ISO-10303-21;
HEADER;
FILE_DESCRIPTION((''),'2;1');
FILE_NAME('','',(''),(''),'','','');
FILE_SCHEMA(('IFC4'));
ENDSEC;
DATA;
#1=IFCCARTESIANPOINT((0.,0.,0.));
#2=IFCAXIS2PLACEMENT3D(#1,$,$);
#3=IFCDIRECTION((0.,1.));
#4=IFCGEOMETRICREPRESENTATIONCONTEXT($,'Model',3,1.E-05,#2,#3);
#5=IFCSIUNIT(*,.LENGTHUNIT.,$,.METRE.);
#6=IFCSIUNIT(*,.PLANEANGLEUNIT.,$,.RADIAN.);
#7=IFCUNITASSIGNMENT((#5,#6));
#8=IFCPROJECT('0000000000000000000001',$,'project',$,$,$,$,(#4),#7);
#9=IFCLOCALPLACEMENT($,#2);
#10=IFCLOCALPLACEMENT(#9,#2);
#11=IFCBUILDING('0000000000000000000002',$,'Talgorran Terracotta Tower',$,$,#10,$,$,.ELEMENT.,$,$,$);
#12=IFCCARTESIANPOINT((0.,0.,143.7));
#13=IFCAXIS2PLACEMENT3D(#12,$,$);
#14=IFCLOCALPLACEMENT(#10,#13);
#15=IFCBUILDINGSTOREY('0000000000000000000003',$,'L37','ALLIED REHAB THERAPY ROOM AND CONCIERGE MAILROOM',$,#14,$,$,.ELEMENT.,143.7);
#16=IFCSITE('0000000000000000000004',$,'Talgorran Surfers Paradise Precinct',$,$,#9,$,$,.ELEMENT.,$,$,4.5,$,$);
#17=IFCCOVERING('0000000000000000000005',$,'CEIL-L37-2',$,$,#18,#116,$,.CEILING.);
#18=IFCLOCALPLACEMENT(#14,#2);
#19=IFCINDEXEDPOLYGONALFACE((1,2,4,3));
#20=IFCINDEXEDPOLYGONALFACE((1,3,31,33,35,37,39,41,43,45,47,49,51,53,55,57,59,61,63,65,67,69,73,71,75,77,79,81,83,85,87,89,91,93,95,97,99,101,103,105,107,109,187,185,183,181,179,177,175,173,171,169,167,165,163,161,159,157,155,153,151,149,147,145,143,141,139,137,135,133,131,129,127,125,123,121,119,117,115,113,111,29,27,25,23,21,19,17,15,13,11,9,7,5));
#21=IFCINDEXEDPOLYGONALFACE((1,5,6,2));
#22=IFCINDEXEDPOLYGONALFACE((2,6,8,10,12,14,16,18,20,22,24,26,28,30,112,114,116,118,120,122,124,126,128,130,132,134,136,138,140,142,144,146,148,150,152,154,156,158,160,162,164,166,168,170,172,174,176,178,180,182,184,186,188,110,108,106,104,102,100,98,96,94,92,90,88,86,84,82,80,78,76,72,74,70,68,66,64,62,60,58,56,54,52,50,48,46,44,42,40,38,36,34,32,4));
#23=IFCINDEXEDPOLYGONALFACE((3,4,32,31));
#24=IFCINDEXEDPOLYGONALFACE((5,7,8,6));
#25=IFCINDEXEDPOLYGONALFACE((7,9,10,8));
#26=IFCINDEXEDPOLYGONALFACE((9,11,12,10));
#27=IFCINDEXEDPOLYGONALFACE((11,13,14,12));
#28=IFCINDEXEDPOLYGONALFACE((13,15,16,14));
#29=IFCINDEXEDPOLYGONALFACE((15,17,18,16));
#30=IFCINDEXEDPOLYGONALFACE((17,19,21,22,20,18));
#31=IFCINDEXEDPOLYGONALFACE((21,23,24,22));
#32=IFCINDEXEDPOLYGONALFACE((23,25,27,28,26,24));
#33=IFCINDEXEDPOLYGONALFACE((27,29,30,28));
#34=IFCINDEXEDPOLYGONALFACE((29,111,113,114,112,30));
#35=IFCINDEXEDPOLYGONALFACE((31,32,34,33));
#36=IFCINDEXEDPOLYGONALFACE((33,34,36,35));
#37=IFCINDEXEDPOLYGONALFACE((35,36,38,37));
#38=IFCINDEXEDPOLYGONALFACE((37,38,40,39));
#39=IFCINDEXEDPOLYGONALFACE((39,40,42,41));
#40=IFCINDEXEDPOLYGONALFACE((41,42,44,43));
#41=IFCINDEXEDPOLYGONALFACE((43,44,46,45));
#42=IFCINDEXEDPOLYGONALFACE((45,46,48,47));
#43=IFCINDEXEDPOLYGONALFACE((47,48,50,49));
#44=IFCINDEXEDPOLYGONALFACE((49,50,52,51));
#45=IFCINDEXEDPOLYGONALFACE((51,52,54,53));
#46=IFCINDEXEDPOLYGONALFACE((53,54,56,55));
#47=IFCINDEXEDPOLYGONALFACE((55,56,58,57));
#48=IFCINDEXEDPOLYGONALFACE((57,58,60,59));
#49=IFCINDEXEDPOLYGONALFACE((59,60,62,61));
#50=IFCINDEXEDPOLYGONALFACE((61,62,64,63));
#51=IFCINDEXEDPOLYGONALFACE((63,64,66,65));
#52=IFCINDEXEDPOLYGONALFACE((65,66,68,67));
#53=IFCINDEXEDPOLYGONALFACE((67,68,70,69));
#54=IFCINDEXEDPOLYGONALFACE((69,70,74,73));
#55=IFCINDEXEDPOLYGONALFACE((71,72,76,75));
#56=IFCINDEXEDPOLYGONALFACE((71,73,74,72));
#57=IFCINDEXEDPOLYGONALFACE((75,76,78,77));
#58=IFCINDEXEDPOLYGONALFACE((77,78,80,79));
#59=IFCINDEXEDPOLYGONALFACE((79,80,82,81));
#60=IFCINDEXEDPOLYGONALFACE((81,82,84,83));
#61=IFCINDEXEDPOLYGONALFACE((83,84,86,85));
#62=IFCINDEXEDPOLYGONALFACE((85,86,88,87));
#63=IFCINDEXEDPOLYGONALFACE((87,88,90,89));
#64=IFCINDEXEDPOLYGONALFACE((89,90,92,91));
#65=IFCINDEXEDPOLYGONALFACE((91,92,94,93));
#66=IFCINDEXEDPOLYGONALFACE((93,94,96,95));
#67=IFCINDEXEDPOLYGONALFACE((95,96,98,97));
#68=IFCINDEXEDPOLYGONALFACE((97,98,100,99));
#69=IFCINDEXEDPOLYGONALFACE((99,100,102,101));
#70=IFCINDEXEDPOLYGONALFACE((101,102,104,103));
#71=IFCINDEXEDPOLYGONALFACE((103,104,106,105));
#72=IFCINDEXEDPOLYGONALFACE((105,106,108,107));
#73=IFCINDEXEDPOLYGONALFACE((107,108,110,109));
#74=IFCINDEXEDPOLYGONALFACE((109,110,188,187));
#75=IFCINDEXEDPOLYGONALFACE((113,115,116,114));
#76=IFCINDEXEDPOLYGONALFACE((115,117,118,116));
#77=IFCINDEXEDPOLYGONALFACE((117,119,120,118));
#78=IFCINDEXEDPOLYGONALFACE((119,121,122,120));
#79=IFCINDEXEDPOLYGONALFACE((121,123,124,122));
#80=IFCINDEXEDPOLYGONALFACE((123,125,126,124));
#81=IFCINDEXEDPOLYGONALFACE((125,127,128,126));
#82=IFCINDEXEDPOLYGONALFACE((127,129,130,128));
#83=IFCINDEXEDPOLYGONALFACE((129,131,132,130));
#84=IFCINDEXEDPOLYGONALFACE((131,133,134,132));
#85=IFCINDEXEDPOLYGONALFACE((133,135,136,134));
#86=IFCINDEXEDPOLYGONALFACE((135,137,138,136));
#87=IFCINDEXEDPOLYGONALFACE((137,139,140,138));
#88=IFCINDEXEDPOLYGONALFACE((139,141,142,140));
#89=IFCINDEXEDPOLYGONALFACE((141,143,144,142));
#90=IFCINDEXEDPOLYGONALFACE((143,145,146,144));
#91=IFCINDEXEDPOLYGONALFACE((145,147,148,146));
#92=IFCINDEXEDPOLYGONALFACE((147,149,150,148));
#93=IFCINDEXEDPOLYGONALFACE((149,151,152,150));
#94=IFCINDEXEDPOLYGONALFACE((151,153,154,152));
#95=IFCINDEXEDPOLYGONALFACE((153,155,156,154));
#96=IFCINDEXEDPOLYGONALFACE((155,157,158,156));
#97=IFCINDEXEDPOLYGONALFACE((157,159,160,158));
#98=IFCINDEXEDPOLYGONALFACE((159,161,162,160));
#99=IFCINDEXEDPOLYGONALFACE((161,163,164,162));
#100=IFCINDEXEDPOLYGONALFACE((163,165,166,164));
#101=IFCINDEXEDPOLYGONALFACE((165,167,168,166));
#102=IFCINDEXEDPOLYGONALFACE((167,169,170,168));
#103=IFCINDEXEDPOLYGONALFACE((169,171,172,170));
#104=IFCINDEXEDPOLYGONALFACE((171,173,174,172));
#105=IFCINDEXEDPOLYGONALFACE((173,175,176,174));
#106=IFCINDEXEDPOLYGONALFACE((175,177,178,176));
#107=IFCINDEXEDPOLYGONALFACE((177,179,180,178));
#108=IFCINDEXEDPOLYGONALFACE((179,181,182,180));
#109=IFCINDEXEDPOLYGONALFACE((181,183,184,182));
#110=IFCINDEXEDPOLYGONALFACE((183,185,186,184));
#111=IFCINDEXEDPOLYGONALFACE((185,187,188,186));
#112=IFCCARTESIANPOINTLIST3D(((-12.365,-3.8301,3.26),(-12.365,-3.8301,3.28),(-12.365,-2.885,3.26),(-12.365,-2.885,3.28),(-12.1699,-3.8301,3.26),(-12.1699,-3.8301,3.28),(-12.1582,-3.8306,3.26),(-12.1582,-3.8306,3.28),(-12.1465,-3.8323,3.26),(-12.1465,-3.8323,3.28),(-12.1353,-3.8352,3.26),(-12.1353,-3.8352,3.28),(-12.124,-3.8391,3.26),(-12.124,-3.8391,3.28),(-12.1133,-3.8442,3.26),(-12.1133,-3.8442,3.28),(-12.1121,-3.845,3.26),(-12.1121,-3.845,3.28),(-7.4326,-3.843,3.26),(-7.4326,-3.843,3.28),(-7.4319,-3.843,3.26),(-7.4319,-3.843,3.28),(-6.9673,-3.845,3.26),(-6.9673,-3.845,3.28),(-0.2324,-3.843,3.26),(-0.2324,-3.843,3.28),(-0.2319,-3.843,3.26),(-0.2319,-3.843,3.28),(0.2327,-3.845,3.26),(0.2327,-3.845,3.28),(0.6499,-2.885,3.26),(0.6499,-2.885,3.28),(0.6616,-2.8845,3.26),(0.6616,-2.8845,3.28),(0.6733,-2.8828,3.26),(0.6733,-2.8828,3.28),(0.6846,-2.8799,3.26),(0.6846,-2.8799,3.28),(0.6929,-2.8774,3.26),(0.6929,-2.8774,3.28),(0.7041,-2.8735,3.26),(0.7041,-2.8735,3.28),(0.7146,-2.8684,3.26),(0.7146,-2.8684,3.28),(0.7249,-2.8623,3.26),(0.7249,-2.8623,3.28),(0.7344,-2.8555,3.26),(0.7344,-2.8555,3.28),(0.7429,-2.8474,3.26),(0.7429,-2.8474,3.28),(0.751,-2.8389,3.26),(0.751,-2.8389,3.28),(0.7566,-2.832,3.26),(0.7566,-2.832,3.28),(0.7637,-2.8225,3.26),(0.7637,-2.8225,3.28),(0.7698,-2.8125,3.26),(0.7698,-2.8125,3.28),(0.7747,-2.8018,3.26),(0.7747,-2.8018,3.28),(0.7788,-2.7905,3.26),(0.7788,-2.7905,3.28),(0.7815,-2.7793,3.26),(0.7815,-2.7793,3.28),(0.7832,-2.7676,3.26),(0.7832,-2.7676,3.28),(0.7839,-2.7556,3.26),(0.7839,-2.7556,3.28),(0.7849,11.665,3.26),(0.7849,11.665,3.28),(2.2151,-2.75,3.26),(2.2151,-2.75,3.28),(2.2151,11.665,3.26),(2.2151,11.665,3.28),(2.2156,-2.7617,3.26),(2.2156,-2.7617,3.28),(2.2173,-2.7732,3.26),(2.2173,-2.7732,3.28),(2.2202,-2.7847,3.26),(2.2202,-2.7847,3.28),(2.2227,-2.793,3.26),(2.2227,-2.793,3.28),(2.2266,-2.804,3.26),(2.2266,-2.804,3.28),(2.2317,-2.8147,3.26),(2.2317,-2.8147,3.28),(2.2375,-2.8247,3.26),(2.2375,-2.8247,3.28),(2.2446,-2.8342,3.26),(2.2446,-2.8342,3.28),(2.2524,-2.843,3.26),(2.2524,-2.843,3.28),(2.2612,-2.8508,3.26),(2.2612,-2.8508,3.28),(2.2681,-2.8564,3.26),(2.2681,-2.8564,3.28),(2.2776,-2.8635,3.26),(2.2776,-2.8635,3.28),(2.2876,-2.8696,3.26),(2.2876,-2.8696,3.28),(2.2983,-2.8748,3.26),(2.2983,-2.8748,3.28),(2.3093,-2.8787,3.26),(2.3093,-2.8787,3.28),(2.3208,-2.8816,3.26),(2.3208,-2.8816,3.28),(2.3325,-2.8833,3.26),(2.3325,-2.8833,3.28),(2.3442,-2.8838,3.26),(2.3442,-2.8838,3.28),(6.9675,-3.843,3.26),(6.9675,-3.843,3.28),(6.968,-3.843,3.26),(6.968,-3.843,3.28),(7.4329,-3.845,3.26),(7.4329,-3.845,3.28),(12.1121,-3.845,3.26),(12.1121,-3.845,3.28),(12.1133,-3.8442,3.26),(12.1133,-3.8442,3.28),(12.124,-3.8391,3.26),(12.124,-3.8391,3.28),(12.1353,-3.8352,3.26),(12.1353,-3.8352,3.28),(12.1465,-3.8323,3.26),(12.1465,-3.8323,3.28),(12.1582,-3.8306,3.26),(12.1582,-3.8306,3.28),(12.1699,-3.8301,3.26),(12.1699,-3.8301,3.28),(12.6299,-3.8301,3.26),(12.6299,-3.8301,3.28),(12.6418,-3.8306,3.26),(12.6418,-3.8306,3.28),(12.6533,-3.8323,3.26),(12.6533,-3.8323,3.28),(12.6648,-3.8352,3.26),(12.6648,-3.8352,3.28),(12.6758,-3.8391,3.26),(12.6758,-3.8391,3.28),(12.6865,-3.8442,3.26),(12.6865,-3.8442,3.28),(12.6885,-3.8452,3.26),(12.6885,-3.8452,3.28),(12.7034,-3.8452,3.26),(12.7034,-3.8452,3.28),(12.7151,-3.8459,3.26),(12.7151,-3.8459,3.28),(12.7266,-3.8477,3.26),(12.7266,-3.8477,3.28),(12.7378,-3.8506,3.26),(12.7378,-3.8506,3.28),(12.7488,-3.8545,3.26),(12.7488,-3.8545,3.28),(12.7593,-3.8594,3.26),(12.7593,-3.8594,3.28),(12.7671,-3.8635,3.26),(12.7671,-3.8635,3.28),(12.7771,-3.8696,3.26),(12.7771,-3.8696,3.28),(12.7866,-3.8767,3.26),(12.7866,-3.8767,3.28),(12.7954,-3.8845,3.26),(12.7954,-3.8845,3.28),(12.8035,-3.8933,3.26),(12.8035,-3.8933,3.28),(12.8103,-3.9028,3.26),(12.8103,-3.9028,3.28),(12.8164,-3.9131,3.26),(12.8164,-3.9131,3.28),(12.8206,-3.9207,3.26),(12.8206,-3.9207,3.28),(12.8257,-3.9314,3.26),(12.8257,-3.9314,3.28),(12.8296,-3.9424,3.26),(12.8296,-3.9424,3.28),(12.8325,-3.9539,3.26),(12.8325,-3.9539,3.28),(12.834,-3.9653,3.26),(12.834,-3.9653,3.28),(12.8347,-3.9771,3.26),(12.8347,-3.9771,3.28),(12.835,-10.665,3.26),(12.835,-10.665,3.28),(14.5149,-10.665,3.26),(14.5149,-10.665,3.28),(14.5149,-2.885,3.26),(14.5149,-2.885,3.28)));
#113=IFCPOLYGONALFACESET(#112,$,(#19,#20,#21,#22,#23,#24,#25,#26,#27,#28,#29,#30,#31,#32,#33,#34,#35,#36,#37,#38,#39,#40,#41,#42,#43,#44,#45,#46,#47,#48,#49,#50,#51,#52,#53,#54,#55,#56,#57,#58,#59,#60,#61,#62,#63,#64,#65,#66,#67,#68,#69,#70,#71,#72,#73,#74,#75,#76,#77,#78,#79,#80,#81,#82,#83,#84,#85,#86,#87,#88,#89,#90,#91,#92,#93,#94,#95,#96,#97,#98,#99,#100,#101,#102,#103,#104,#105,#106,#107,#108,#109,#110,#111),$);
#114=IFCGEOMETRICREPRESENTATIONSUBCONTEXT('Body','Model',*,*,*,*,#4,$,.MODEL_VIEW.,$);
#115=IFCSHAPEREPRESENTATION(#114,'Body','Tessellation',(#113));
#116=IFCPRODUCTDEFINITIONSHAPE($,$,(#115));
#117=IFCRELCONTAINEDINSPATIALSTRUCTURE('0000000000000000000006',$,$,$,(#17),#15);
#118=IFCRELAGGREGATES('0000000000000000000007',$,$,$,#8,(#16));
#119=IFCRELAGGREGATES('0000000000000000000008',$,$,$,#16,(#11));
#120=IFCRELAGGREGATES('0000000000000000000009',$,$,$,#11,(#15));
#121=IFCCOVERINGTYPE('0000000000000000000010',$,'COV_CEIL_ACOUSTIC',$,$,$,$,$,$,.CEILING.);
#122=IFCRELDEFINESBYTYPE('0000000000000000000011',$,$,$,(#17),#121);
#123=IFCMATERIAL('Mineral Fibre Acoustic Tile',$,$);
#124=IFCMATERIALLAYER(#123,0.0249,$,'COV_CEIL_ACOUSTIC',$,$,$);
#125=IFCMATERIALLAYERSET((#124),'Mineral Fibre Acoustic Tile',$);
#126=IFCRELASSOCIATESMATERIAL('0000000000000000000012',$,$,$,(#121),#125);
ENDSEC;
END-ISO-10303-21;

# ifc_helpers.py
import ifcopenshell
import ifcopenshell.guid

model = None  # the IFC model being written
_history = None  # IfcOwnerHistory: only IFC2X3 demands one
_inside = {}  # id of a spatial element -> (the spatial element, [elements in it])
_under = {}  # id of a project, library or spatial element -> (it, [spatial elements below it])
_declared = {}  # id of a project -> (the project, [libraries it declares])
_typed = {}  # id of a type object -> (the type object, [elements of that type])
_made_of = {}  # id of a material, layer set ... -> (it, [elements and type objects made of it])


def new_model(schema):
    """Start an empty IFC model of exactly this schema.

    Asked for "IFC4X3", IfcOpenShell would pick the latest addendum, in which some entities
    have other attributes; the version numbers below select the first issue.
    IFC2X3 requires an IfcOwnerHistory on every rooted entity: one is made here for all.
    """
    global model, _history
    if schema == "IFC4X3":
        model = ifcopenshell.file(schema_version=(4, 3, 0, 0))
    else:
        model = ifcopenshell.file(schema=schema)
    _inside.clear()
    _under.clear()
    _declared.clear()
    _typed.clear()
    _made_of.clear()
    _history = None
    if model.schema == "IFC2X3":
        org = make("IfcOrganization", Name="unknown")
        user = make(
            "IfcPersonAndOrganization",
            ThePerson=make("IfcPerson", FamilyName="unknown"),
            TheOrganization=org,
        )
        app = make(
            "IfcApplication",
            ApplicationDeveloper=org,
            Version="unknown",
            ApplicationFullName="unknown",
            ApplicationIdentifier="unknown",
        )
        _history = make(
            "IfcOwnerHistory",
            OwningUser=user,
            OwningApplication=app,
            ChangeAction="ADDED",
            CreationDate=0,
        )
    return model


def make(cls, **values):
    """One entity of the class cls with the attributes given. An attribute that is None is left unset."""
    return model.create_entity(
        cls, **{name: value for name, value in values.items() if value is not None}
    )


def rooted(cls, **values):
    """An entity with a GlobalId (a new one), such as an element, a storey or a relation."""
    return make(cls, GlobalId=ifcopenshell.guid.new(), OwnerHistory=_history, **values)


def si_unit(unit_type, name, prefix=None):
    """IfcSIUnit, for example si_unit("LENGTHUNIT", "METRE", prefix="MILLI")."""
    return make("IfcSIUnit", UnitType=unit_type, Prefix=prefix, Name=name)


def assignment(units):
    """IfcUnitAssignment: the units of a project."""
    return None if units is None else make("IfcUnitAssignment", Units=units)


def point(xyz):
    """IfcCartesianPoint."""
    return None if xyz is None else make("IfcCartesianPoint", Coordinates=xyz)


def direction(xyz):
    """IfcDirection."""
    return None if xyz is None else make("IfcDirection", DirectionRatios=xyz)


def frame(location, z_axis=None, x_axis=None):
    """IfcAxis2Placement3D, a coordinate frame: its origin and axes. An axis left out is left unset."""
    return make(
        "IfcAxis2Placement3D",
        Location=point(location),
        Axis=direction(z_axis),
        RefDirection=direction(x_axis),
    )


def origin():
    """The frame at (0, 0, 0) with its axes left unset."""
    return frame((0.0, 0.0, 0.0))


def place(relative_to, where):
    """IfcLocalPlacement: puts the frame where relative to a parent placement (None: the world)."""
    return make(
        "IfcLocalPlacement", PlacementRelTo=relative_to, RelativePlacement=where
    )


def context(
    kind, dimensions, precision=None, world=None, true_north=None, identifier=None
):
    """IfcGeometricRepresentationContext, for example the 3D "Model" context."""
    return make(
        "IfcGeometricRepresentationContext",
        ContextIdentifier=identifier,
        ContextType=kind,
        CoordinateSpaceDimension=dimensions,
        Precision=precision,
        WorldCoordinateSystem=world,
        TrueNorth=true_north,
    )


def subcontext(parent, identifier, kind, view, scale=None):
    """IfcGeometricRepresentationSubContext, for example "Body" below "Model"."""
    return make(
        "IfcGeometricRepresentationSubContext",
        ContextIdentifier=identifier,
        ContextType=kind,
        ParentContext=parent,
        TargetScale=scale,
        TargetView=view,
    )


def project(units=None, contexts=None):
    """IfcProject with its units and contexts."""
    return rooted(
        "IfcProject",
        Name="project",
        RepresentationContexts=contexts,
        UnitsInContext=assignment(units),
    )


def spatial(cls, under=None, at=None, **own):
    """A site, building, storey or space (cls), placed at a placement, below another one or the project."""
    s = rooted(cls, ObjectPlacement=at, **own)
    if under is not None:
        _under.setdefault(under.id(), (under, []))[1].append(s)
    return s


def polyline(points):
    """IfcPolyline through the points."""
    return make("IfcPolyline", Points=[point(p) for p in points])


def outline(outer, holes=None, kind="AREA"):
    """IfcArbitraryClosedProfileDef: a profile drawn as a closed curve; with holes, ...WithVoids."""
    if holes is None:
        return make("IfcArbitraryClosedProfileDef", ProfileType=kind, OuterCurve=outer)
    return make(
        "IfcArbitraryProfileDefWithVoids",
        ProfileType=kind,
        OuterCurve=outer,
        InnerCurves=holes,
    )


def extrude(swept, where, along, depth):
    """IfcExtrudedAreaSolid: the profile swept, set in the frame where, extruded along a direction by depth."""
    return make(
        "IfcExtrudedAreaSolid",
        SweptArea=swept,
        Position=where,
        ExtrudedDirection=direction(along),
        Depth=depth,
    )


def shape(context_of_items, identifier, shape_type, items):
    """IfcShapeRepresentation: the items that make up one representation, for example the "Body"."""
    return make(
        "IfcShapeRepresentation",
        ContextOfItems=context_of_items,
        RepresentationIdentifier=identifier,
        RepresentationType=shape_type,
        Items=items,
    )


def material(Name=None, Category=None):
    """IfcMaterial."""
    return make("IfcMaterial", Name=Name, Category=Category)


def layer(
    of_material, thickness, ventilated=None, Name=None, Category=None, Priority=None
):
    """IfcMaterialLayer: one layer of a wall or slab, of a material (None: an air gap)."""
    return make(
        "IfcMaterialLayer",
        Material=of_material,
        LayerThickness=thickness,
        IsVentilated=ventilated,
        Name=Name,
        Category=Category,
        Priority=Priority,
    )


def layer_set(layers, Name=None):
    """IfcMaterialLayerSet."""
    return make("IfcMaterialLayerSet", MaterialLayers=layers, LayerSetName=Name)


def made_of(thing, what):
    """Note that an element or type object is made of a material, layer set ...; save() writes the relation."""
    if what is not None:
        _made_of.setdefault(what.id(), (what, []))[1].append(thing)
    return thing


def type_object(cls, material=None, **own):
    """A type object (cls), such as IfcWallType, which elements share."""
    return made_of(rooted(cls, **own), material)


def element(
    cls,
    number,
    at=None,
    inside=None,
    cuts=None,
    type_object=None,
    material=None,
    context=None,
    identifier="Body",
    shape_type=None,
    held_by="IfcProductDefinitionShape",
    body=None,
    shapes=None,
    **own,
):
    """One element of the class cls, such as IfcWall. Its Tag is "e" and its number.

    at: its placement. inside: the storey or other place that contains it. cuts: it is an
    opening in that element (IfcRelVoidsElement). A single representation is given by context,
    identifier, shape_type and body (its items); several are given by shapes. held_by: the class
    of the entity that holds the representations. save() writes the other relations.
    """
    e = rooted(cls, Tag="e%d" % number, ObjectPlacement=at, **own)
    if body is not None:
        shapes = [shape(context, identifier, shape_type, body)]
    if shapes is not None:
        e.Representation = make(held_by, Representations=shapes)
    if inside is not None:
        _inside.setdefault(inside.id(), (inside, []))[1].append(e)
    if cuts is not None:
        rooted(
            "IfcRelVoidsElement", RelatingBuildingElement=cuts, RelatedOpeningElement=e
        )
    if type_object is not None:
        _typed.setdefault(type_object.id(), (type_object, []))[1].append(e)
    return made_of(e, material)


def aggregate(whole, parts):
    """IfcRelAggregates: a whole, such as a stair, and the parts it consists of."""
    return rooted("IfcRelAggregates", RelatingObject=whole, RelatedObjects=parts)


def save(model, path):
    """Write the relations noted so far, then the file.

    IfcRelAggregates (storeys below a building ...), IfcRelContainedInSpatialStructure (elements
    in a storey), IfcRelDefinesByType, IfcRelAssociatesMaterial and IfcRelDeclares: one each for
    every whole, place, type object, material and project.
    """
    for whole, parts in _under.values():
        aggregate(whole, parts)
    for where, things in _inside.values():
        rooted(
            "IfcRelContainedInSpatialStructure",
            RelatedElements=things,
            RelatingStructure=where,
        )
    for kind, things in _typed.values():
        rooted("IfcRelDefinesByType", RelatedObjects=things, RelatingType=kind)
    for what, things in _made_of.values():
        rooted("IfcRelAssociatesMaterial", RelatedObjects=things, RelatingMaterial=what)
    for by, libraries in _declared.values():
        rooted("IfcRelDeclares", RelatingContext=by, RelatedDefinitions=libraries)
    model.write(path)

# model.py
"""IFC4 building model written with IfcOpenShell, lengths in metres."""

from ifc_helpers import new_model, si_unit, direction, frame, origin, place, context, subcontext, project, spatial, polyline, outline, extrude, material, layer, layer_set, type_object, element, save


model = new_model("IFC4")

# Units and contexts
model_context = context("Model", 3, precision=1e-05, world=origin(), true_north=direction((0.0, 1.0)))
body_context = subcontext(model_context, "Body", "Model", "MODEL_VIEW")
ifc_project = project(units=[si_unit("LENGTHUNIT", "METRE"), si_unit("PLANEANGLEUNIT", "RADIAN")], contexts=[model_context])

# Site, building, storey
site_placement = place(None, origin())
site = spatial("IfcSite", under=ifc_project, at=site_placement, Name="Talgorran Surfers Paradise Precinct", CompositionType="ELEMENT", RefElevation=4.5)
building_placement = place(site_placement, origin())
building = spatial("IfcBuilding", under=site, at=building_placement, Name="Talgorran Terracotta Tower", CompositionType="ELEMENT")
storey_placement = place(building_placement, frame((0.0, 0.0, 143.7)))
storey = spatial("IfcBuildingStorey", under=building, at=storey_placement, Name="L37", Description="ALLIED REHAB THERAPY ROOM AND CONCIERGE MAILROOM", CompositionType="ELEMENT", Elevation=143.7)

# Covering
ifc_material_1 = material(Name="Mineral Fibre Acoustic Tile")
ifc_layer_1 = layer(ifc_material_1, 0.0249, Name="COV_CEIL_ACOUSTIC")
ifc_layer_set_1 = layer_set([ifc_layer_1], Name="Mineral Fibre Acoustic Tile")
covering_type_1 = type_object("IfcCoveringType", Name="COV_CEIL_ACOUSTIC", PredefinedType="CEILING", material=ifc_layer_set_1)
covering_1_placement = place(storey_placement, frame((0.0, 0.0, 3.26)))
element("IfcCovering", 1, at=covering_1_placement, inside=storey, type_object=covering_type_1, Name="CEIL-L37-2", PredefinedType="CEILING", context=body_context, shape_type="SweptSolid", body=[
    extrude(outline(polyline([(-12.1121, -3.845), (-12.1133, -3.8442), (-12.124, -3.8391), (-12.1353, -3.8352), (-12.1465, -3.8323), (-12.1582, -3.8306), (-12.1699, -3.8301), (-12.365, -3.8301), (-12.365, -2.885), (0.6499, -2.885), (0.6616, -2.8845), (0.6733, -2.8828), (0.6846, -2.8799), (0.6929, -2.8774), (0.7041, -2.8735), (0.7146, -2.8684), (0.7249, -2.8623), (0.7344, -2.8555), (0.7429, -2.8474), (0.751, -2.8389), (0.7566, -2.832), (0.7637, -2.8225), (0.7698, -2.8125), (0.7747, -2.8018), (0.7788, -2.7905), (0.7815, -2.7793), (0.7832, -2.7676), (0.7839, -2.7556), (0.7849, 11.665), (2.2151, 11.665), (2.2151, -2.75), (2.2156, -2.7617), (2.2173, -2.7732), (2.2202, -2.7847), (2.2227, -2.793), (2.2266, -2.804), (2.2317, -2.8147), (2.2375, -2.8247), (2.2446, -2.8342), (2.2524, -2.843), (2.2612, -2.8508), (2.2681, -2.8564), (2.2776, -2.8635), (2.2876, -2.8696), (2.2983, -2.8748), (2.3093, -2.8787), (2.3208, -2.8816), (2.3325, -2.8833), (2.3442, -2.8838), (14.5149, -2.885), (14.5149, -10.665), (12.835, -10.665), (12.8347, -3.9771), (12.834, -3.9653), (12.8325, -3.9539), (12.8296, -3.9424), (12.8257, -3.9314), (12.8206, -3.9207), (12.8164, -3.9131), (12.8103, -3.9028), (12.8035, -3.8933), (12.7954, -3.8845), (12.7866, -3.8767), (12.7771, -3.8696), (12.7671, -3.8635), (12.7593, -3.8594), (12.7488, -3.8545), (12.7378, -3.8506), (12.7266, -3.8477), (12.7151, -3.8459), (12.7034, -3.8452), (12.6885, -3.8452), (12.6865, -3.8442), (12.6758, -3.8391), (12.6648, -3.8352), (12.6533, -3.8323), (12.6418, -3.8306), (12.6299, -3.8301), (12.1699, -3.8301), (12.1582, -3.8306), (12.1465, -3.8323), (12.1353, -3.8352), (12.124, -3.8391), (12.1133, -3.8442), (12.1121, -3.845), (7.4329, -3.845), (6.968, -3.843), (6.9675, -3.843), (0.2327, -3.845), (-0.2319, -3.843), (-0.2324, -3.843), (-6.9673, -3.845), (-7.4319, -3.843), (-7.4326, -3.843), (-12.1121, -3.845)])), origin(), (0.0, 0.0, 1.0), 0.02),
])

save(model, "model.ifc")
